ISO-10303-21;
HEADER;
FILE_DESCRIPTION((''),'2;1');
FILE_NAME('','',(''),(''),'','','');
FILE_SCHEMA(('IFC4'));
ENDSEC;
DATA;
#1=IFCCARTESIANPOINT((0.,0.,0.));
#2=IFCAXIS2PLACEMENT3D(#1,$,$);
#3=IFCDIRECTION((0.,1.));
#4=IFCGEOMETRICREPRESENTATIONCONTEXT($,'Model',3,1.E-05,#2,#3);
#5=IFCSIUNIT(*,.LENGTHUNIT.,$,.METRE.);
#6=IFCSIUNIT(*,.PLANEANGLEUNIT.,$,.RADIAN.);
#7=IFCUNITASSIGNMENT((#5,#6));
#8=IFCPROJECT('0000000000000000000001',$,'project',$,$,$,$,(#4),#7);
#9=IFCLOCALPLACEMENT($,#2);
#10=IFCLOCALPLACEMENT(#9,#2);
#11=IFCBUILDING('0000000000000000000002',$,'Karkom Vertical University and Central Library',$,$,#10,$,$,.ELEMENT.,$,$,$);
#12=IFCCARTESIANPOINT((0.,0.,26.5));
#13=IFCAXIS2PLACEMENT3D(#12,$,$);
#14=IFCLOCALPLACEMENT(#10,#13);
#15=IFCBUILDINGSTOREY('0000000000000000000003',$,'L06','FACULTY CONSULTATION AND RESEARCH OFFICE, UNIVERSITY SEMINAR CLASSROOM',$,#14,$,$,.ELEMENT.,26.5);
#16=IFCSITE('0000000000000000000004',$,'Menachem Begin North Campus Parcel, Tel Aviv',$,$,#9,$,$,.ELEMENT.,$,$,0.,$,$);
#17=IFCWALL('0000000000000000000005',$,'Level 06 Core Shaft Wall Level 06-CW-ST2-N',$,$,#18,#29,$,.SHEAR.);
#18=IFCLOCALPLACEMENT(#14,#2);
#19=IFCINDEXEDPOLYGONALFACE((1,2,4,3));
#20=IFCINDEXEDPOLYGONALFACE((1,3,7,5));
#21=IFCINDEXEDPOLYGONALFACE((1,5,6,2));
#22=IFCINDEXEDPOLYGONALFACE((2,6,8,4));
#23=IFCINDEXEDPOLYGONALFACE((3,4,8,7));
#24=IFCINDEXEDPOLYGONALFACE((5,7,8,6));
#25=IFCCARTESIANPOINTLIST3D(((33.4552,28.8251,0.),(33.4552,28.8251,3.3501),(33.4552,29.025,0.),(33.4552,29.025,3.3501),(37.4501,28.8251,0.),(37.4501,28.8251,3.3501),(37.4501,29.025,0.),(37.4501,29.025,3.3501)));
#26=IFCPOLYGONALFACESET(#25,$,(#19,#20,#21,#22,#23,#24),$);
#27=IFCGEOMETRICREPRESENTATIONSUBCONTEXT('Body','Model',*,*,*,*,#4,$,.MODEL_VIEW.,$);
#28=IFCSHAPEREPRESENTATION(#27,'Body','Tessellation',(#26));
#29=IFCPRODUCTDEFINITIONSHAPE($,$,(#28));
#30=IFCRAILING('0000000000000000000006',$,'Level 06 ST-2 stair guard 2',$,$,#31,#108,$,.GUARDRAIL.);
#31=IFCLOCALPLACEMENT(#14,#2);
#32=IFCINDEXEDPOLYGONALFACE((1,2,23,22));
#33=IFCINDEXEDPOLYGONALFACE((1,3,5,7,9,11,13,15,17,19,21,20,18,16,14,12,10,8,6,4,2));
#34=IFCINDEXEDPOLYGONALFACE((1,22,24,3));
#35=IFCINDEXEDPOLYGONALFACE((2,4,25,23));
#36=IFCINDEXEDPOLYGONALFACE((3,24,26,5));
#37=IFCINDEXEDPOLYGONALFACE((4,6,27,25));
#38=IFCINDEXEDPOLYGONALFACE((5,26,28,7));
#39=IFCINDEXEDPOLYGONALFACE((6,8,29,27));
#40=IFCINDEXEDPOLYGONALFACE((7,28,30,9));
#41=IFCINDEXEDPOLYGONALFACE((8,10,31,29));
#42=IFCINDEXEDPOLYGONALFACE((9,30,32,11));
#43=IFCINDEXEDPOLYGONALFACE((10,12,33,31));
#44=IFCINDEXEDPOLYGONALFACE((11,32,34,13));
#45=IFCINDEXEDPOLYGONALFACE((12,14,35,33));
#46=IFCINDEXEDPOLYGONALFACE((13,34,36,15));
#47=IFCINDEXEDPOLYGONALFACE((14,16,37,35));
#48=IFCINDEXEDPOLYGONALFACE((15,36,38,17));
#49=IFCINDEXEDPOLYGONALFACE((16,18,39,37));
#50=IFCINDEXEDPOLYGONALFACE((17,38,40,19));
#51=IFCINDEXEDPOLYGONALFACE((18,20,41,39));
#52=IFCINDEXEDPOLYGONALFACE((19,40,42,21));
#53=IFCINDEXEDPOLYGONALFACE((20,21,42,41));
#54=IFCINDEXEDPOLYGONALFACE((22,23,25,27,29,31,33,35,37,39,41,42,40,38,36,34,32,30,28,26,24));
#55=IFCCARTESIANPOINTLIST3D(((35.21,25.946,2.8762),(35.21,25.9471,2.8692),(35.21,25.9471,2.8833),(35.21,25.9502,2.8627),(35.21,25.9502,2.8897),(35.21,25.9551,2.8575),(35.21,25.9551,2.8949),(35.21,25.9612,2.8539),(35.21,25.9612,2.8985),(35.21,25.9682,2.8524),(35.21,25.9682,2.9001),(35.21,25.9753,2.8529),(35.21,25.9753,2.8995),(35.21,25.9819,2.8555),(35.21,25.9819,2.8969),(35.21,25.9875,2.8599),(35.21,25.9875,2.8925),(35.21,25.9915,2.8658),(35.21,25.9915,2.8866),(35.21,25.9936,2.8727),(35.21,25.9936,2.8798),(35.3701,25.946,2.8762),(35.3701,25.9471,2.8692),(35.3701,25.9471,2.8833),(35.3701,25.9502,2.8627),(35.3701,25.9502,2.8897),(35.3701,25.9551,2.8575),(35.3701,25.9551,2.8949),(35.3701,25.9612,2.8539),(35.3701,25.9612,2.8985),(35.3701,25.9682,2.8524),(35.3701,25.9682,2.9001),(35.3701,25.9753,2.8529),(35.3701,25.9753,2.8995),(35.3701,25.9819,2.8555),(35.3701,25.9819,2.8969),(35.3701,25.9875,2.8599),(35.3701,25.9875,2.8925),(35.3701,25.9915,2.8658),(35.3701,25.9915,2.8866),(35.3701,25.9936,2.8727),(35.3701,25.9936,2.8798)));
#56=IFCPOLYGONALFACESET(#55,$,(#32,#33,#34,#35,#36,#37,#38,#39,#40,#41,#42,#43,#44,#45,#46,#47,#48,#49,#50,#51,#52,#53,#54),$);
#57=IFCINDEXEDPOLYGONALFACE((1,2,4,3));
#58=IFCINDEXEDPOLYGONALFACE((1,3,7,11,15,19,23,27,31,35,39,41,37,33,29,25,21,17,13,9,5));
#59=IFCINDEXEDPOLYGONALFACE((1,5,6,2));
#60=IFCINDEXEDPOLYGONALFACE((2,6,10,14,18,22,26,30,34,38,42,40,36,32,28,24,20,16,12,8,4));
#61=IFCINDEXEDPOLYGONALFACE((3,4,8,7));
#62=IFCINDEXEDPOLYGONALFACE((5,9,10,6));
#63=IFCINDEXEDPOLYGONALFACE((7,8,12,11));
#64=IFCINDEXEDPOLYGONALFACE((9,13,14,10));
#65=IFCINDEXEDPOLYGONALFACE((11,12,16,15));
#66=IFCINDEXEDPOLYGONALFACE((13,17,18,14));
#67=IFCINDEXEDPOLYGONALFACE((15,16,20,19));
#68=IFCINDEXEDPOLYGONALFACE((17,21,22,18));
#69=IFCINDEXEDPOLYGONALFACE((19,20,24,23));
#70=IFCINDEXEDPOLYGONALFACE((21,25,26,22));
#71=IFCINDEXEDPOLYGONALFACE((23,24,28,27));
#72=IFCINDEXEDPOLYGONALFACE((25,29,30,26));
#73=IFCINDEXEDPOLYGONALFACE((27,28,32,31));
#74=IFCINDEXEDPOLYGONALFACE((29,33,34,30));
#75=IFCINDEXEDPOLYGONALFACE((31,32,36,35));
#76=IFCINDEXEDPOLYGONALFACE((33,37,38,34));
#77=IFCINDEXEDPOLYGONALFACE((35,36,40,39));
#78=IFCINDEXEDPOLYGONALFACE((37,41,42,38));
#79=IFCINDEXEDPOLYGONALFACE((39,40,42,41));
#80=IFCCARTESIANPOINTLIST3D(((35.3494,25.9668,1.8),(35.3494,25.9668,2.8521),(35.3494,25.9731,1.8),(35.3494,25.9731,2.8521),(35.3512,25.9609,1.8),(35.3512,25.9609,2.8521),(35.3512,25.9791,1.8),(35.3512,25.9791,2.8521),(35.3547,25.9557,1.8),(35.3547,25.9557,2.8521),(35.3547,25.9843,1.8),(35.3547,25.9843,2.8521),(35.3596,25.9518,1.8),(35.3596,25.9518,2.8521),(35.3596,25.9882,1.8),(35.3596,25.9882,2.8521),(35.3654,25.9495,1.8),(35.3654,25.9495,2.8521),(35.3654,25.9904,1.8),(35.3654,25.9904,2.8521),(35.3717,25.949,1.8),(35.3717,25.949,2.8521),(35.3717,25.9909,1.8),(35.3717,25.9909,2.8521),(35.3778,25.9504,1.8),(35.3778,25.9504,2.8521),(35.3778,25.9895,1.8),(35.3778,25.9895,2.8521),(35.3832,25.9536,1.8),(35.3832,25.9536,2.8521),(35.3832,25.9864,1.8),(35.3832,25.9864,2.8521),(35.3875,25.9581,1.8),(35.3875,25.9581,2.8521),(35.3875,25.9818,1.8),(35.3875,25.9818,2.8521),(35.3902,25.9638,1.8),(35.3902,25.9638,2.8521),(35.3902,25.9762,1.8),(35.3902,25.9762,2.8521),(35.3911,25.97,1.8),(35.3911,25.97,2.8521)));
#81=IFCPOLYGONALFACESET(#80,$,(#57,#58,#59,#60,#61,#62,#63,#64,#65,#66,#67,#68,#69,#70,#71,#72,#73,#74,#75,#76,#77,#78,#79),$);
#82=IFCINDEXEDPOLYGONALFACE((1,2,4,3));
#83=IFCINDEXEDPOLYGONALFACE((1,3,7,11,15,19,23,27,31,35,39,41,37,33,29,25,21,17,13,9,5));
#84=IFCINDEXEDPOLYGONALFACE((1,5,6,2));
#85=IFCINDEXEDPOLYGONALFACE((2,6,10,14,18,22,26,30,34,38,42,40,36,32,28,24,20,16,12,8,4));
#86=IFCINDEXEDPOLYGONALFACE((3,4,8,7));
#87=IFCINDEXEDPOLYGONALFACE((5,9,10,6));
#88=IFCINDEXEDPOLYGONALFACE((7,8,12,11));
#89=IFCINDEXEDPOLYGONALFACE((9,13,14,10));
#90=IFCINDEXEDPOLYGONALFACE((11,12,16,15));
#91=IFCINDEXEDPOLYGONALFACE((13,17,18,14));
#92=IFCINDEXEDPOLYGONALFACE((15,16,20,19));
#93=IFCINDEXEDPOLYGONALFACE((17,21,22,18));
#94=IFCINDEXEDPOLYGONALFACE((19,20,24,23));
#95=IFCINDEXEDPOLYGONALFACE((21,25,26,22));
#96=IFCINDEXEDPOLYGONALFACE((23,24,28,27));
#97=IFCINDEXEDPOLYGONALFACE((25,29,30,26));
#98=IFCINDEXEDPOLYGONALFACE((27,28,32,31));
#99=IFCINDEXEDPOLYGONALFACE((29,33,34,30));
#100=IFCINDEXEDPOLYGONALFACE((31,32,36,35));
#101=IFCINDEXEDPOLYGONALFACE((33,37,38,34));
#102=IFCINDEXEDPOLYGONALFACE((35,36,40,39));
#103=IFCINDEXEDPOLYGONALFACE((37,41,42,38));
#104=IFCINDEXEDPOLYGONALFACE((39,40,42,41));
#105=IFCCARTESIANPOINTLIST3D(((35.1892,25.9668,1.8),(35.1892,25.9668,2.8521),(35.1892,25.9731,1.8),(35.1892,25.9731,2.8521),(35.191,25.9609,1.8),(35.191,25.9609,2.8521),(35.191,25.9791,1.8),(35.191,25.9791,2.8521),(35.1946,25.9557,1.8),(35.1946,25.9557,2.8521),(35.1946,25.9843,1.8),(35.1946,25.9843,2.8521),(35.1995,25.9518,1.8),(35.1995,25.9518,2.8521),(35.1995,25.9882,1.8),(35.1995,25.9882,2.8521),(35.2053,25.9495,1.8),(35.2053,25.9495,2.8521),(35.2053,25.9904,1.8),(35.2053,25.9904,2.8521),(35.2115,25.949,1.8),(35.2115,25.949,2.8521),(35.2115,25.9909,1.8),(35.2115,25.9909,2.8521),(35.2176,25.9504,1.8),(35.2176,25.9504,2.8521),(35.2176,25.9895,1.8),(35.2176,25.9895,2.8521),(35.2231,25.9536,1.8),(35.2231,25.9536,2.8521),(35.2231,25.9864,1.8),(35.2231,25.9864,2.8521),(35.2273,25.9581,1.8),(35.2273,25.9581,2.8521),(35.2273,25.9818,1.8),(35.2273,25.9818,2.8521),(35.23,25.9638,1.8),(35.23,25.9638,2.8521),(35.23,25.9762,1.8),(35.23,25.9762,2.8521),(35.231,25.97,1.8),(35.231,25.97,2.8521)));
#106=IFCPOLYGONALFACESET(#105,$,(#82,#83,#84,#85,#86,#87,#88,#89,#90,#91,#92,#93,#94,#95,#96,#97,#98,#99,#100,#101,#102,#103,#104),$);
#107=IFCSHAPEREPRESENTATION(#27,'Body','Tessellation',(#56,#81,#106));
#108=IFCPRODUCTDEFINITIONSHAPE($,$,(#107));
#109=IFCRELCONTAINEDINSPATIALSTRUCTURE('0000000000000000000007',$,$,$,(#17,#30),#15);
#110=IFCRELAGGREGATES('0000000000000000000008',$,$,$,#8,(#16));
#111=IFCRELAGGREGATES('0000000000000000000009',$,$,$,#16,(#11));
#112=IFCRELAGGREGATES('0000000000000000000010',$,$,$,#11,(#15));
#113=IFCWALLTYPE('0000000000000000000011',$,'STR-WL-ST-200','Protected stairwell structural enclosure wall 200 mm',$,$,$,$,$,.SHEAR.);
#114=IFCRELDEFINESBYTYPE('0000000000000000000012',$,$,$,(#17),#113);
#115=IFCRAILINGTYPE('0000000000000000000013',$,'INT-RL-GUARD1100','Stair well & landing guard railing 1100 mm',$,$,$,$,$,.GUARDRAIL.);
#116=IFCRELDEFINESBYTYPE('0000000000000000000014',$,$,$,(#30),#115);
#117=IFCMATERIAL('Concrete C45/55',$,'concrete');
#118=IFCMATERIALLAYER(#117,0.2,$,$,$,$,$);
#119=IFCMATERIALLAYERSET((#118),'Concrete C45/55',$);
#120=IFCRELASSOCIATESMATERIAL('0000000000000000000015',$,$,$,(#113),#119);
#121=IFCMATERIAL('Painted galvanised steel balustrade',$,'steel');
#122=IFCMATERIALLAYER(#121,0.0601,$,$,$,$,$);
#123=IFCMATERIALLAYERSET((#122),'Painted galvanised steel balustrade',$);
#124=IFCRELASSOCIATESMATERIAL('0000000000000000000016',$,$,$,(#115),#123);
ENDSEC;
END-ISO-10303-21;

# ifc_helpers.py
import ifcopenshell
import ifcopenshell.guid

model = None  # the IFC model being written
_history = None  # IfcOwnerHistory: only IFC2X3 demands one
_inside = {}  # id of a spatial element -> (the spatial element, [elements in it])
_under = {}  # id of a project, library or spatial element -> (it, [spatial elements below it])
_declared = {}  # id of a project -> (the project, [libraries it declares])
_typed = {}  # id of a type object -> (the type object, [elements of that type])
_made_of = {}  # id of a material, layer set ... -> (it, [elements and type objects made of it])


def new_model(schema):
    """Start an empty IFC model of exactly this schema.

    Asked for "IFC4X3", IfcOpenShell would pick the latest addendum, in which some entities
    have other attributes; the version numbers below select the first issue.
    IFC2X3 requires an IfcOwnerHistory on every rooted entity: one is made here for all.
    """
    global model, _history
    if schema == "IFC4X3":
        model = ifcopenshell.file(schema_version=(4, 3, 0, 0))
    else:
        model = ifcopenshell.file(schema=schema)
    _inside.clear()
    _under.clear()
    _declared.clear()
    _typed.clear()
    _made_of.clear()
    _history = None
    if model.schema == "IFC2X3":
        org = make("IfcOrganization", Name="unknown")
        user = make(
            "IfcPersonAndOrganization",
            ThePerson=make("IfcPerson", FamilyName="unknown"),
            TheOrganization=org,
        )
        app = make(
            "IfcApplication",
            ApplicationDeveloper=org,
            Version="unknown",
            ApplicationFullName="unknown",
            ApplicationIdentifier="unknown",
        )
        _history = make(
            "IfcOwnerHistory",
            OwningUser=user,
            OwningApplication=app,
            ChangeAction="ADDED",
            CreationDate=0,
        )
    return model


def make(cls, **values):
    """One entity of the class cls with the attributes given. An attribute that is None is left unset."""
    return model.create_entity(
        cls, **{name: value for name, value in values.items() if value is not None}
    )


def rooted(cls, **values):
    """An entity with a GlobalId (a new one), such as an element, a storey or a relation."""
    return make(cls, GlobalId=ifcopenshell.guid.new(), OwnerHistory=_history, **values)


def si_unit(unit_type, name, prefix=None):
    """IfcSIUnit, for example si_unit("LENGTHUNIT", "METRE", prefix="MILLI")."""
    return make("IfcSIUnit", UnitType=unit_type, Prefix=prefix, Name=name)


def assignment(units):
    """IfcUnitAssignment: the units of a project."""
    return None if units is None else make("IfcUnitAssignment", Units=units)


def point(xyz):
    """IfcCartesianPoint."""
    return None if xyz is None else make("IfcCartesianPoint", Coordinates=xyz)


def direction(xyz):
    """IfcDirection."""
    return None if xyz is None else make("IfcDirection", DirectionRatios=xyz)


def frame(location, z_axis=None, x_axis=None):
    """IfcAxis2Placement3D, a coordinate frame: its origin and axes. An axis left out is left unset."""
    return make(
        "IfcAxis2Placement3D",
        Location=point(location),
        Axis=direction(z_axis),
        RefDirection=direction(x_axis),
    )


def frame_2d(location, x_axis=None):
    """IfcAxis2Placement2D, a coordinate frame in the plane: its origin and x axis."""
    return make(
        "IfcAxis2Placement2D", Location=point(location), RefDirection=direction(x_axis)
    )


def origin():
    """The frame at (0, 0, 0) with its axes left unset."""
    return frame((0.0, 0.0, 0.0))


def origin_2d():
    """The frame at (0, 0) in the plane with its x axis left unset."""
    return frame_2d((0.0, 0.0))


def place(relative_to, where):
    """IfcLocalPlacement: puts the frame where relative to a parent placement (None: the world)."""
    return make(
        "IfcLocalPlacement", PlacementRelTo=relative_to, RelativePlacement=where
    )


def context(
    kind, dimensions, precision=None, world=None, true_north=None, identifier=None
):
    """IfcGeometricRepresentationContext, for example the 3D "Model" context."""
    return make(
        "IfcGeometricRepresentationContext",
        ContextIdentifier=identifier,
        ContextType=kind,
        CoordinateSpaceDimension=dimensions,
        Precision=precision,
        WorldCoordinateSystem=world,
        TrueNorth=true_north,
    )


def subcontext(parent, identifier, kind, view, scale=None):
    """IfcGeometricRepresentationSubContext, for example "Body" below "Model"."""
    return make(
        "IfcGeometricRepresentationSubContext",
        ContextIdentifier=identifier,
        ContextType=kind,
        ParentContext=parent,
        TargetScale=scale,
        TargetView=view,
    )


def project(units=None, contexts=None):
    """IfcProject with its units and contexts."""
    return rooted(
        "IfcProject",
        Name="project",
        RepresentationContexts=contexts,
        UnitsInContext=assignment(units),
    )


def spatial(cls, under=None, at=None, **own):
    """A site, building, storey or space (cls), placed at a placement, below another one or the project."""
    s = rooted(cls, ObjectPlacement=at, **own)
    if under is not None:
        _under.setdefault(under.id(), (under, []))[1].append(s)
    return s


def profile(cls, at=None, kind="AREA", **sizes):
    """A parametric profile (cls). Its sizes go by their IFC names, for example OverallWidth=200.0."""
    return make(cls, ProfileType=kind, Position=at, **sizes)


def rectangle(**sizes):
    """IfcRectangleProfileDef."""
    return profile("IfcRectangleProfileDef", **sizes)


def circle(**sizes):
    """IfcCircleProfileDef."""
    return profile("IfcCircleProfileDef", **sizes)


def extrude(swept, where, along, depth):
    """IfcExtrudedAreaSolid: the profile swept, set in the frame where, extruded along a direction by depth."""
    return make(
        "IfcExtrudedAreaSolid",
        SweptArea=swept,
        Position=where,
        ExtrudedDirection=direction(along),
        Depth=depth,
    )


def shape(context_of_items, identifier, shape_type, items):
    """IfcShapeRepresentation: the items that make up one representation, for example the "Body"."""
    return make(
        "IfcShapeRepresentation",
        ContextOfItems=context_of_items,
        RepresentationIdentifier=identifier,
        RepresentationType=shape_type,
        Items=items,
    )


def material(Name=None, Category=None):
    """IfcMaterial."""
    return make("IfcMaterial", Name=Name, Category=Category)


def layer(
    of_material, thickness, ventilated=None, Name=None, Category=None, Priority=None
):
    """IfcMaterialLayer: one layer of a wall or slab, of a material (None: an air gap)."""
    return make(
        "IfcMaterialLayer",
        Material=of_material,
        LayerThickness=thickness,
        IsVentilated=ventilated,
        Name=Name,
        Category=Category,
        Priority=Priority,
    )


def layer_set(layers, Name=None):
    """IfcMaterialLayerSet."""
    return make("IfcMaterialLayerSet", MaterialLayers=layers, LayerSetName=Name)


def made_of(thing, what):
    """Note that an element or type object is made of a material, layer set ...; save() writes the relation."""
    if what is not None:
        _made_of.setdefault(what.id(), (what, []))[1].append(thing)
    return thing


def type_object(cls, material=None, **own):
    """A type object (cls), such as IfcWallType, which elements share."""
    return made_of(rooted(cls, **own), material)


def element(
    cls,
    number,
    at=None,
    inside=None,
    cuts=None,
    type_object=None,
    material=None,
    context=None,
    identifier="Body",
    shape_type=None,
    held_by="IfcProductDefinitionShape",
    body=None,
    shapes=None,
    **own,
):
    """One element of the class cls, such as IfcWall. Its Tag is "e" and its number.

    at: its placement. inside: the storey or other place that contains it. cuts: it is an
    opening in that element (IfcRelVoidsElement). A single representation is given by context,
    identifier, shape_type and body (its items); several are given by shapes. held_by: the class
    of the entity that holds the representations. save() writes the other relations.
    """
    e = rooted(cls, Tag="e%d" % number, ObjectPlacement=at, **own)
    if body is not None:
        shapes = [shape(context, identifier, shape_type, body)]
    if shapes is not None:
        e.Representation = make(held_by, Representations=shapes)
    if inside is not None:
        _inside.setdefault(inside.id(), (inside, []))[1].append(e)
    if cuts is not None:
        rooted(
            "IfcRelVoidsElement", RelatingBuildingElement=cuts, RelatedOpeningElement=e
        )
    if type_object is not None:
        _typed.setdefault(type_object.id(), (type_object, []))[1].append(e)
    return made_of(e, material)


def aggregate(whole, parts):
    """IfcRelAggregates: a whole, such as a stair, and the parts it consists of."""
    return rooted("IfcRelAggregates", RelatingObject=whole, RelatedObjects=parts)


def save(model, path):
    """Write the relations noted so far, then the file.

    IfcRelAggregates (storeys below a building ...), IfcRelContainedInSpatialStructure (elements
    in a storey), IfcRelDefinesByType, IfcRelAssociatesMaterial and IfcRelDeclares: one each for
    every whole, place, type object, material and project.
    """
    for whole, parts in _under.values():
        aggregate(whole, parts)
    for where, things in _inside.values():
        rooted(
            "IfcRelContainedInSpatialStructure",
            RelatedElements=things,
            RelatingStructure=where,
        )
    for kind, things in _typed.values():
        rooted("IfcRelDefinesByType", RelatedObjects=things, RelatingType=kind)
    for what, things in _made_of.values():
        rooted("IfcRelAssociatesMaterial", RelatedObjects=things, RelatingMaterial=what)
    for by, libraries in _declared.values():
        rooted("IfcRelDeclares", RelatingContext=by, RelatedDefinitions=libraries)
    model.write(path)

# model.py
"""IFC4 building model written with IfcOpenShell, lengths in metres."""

from ifc_helpers import new_model, si_unit, direction, frame, frame_2d, origin, origin_2d, place, context, subcontext, project, spatial, rectangle, circle, extrude, material, layer, layer_set, type_object, element, save


model = new_model("IFC4")

# Units and contexts
model_context = context("Model", 3, precision=1e-05, world=origin(), true_north=direction((0.0, 1.0)))
body_context = subcontext(model_context, "Body", "Model", "MODEL_VIEW")
ifc_project = project(units=[si_unit("LENGTHUNIT", "METRE"), si_unit("PLANEANGLEUNIT", "RADIAN")], contexts=[model_context])

# Site, building, storey
site_placement = place(None, origin())
site = spatial("IfcSite", under=ifc_project, at=site_placement, Name="Menachem Begin North Campus Parcel, Tel Aviv", CompositionType="ELEMENT", RefElevation=0.0)
building_placement = place(site_placement, origin())
building = spatial("IfcBuilding", under=site, at=building_placement, Name="Karkom Vertical University and Central Library", CompositionType="ELEMENT")
storey_placement = place(building_placement, frame((0.0, 0.0, 26.5)))
storey = spatial("IfcBuildingStorey", under=building, at=storey_placement, Name="L06", Description="FACULTY CONSULTATION AND RESEARCH OFFICE, UNIVERSITY SEMINAR CLASSROOM", CompositionType="ELEMENT", Elevation=26.5)

# Wall
ifc_material_1 = material(Name="Concrete C45/55", Category="concrete")
ifc_layer_1 = layer(ifc_material_1, 0.2)
ifc_layer_set_1 = layer_set([ifc_layer_1], Name="Concrete C45/55")
wall_type_1 = type_object("IfcWallType", Name="STR-WL-ST-200", Description="Protected stairwell structural enclosure wall 200 mm", PredefinedType="SHEAR", material=ifc_layer_set_1)
wall_1_placement = place(storey_placement, frame((33.4551, 28.925, 0.0), z_axis=(0.0, 0.0, 1.0), x_axis=(1.0, 0.0, 0.0)))
element("IfcWall", 1, at=wall_1_placement, inside=storey, type_object=wall_type_1, Name="Level 06 Core Shaft Wall Level 06-CW-ST2-N", PredefinedType="SHEAR", context=body_context, shape_type="SweptSolid", body=[
    extrude(rectangle(XDim=3.9949, YDim=0.2, at=frame_2d((1.9976, 0.0))), origin(), (0.0, 0.0, 1.0), 3.3501),
])

# Railing
ifc_material_2 = material(Name="Painted galvanised steel balustrade", Category="steel")
ifc_layer_2 = layer(ifc_material_2, 0.0601)
ifc_layer_set_2 = layer_set([ifc_layer_2], Name="Painted galvanised steel balustrade")
railing_type = type_object("IfcRailingType", Name="INT-RL-GUARD1100", Description="Stair well & landing guard railing 1100 mm", PredefinedType="GUARDRAIL", material=ifc_layer_set_2)
railing_placement = place(storey_placement, frame((35.3701, 25.97, 1.8)))
element("IfcRailing", 2, at=railing_placement, inside=storey, type_object=railing_type, Name="Level 06 ST-2 stair guard 2", PredefinedType="GUARDRAIL", context=body_context, shape_type="SweptSolid", body=[
    extrude(circle(Radius=0.0239, at=origin_2d()), frame((0.0, 0.0, 1.0762), z_axis=(-1.0, 0.0, 0.0), x_axis=(0.0, -1.0, 0.0)), (0.0, 0.0, 1.0), 0.1602),
    extrude(circle(Radius=0.021, at=origin_2d()), origin(), (0.0, 0.0, 1.0), 1.052),
    extrude(circle(Radius=0.021, at=origin_2d()), frame((-0.1602, 0.0, 0.0)), (0.0, 0.0, 1.0), 1.052),
])

save(model, "model.ifc")
